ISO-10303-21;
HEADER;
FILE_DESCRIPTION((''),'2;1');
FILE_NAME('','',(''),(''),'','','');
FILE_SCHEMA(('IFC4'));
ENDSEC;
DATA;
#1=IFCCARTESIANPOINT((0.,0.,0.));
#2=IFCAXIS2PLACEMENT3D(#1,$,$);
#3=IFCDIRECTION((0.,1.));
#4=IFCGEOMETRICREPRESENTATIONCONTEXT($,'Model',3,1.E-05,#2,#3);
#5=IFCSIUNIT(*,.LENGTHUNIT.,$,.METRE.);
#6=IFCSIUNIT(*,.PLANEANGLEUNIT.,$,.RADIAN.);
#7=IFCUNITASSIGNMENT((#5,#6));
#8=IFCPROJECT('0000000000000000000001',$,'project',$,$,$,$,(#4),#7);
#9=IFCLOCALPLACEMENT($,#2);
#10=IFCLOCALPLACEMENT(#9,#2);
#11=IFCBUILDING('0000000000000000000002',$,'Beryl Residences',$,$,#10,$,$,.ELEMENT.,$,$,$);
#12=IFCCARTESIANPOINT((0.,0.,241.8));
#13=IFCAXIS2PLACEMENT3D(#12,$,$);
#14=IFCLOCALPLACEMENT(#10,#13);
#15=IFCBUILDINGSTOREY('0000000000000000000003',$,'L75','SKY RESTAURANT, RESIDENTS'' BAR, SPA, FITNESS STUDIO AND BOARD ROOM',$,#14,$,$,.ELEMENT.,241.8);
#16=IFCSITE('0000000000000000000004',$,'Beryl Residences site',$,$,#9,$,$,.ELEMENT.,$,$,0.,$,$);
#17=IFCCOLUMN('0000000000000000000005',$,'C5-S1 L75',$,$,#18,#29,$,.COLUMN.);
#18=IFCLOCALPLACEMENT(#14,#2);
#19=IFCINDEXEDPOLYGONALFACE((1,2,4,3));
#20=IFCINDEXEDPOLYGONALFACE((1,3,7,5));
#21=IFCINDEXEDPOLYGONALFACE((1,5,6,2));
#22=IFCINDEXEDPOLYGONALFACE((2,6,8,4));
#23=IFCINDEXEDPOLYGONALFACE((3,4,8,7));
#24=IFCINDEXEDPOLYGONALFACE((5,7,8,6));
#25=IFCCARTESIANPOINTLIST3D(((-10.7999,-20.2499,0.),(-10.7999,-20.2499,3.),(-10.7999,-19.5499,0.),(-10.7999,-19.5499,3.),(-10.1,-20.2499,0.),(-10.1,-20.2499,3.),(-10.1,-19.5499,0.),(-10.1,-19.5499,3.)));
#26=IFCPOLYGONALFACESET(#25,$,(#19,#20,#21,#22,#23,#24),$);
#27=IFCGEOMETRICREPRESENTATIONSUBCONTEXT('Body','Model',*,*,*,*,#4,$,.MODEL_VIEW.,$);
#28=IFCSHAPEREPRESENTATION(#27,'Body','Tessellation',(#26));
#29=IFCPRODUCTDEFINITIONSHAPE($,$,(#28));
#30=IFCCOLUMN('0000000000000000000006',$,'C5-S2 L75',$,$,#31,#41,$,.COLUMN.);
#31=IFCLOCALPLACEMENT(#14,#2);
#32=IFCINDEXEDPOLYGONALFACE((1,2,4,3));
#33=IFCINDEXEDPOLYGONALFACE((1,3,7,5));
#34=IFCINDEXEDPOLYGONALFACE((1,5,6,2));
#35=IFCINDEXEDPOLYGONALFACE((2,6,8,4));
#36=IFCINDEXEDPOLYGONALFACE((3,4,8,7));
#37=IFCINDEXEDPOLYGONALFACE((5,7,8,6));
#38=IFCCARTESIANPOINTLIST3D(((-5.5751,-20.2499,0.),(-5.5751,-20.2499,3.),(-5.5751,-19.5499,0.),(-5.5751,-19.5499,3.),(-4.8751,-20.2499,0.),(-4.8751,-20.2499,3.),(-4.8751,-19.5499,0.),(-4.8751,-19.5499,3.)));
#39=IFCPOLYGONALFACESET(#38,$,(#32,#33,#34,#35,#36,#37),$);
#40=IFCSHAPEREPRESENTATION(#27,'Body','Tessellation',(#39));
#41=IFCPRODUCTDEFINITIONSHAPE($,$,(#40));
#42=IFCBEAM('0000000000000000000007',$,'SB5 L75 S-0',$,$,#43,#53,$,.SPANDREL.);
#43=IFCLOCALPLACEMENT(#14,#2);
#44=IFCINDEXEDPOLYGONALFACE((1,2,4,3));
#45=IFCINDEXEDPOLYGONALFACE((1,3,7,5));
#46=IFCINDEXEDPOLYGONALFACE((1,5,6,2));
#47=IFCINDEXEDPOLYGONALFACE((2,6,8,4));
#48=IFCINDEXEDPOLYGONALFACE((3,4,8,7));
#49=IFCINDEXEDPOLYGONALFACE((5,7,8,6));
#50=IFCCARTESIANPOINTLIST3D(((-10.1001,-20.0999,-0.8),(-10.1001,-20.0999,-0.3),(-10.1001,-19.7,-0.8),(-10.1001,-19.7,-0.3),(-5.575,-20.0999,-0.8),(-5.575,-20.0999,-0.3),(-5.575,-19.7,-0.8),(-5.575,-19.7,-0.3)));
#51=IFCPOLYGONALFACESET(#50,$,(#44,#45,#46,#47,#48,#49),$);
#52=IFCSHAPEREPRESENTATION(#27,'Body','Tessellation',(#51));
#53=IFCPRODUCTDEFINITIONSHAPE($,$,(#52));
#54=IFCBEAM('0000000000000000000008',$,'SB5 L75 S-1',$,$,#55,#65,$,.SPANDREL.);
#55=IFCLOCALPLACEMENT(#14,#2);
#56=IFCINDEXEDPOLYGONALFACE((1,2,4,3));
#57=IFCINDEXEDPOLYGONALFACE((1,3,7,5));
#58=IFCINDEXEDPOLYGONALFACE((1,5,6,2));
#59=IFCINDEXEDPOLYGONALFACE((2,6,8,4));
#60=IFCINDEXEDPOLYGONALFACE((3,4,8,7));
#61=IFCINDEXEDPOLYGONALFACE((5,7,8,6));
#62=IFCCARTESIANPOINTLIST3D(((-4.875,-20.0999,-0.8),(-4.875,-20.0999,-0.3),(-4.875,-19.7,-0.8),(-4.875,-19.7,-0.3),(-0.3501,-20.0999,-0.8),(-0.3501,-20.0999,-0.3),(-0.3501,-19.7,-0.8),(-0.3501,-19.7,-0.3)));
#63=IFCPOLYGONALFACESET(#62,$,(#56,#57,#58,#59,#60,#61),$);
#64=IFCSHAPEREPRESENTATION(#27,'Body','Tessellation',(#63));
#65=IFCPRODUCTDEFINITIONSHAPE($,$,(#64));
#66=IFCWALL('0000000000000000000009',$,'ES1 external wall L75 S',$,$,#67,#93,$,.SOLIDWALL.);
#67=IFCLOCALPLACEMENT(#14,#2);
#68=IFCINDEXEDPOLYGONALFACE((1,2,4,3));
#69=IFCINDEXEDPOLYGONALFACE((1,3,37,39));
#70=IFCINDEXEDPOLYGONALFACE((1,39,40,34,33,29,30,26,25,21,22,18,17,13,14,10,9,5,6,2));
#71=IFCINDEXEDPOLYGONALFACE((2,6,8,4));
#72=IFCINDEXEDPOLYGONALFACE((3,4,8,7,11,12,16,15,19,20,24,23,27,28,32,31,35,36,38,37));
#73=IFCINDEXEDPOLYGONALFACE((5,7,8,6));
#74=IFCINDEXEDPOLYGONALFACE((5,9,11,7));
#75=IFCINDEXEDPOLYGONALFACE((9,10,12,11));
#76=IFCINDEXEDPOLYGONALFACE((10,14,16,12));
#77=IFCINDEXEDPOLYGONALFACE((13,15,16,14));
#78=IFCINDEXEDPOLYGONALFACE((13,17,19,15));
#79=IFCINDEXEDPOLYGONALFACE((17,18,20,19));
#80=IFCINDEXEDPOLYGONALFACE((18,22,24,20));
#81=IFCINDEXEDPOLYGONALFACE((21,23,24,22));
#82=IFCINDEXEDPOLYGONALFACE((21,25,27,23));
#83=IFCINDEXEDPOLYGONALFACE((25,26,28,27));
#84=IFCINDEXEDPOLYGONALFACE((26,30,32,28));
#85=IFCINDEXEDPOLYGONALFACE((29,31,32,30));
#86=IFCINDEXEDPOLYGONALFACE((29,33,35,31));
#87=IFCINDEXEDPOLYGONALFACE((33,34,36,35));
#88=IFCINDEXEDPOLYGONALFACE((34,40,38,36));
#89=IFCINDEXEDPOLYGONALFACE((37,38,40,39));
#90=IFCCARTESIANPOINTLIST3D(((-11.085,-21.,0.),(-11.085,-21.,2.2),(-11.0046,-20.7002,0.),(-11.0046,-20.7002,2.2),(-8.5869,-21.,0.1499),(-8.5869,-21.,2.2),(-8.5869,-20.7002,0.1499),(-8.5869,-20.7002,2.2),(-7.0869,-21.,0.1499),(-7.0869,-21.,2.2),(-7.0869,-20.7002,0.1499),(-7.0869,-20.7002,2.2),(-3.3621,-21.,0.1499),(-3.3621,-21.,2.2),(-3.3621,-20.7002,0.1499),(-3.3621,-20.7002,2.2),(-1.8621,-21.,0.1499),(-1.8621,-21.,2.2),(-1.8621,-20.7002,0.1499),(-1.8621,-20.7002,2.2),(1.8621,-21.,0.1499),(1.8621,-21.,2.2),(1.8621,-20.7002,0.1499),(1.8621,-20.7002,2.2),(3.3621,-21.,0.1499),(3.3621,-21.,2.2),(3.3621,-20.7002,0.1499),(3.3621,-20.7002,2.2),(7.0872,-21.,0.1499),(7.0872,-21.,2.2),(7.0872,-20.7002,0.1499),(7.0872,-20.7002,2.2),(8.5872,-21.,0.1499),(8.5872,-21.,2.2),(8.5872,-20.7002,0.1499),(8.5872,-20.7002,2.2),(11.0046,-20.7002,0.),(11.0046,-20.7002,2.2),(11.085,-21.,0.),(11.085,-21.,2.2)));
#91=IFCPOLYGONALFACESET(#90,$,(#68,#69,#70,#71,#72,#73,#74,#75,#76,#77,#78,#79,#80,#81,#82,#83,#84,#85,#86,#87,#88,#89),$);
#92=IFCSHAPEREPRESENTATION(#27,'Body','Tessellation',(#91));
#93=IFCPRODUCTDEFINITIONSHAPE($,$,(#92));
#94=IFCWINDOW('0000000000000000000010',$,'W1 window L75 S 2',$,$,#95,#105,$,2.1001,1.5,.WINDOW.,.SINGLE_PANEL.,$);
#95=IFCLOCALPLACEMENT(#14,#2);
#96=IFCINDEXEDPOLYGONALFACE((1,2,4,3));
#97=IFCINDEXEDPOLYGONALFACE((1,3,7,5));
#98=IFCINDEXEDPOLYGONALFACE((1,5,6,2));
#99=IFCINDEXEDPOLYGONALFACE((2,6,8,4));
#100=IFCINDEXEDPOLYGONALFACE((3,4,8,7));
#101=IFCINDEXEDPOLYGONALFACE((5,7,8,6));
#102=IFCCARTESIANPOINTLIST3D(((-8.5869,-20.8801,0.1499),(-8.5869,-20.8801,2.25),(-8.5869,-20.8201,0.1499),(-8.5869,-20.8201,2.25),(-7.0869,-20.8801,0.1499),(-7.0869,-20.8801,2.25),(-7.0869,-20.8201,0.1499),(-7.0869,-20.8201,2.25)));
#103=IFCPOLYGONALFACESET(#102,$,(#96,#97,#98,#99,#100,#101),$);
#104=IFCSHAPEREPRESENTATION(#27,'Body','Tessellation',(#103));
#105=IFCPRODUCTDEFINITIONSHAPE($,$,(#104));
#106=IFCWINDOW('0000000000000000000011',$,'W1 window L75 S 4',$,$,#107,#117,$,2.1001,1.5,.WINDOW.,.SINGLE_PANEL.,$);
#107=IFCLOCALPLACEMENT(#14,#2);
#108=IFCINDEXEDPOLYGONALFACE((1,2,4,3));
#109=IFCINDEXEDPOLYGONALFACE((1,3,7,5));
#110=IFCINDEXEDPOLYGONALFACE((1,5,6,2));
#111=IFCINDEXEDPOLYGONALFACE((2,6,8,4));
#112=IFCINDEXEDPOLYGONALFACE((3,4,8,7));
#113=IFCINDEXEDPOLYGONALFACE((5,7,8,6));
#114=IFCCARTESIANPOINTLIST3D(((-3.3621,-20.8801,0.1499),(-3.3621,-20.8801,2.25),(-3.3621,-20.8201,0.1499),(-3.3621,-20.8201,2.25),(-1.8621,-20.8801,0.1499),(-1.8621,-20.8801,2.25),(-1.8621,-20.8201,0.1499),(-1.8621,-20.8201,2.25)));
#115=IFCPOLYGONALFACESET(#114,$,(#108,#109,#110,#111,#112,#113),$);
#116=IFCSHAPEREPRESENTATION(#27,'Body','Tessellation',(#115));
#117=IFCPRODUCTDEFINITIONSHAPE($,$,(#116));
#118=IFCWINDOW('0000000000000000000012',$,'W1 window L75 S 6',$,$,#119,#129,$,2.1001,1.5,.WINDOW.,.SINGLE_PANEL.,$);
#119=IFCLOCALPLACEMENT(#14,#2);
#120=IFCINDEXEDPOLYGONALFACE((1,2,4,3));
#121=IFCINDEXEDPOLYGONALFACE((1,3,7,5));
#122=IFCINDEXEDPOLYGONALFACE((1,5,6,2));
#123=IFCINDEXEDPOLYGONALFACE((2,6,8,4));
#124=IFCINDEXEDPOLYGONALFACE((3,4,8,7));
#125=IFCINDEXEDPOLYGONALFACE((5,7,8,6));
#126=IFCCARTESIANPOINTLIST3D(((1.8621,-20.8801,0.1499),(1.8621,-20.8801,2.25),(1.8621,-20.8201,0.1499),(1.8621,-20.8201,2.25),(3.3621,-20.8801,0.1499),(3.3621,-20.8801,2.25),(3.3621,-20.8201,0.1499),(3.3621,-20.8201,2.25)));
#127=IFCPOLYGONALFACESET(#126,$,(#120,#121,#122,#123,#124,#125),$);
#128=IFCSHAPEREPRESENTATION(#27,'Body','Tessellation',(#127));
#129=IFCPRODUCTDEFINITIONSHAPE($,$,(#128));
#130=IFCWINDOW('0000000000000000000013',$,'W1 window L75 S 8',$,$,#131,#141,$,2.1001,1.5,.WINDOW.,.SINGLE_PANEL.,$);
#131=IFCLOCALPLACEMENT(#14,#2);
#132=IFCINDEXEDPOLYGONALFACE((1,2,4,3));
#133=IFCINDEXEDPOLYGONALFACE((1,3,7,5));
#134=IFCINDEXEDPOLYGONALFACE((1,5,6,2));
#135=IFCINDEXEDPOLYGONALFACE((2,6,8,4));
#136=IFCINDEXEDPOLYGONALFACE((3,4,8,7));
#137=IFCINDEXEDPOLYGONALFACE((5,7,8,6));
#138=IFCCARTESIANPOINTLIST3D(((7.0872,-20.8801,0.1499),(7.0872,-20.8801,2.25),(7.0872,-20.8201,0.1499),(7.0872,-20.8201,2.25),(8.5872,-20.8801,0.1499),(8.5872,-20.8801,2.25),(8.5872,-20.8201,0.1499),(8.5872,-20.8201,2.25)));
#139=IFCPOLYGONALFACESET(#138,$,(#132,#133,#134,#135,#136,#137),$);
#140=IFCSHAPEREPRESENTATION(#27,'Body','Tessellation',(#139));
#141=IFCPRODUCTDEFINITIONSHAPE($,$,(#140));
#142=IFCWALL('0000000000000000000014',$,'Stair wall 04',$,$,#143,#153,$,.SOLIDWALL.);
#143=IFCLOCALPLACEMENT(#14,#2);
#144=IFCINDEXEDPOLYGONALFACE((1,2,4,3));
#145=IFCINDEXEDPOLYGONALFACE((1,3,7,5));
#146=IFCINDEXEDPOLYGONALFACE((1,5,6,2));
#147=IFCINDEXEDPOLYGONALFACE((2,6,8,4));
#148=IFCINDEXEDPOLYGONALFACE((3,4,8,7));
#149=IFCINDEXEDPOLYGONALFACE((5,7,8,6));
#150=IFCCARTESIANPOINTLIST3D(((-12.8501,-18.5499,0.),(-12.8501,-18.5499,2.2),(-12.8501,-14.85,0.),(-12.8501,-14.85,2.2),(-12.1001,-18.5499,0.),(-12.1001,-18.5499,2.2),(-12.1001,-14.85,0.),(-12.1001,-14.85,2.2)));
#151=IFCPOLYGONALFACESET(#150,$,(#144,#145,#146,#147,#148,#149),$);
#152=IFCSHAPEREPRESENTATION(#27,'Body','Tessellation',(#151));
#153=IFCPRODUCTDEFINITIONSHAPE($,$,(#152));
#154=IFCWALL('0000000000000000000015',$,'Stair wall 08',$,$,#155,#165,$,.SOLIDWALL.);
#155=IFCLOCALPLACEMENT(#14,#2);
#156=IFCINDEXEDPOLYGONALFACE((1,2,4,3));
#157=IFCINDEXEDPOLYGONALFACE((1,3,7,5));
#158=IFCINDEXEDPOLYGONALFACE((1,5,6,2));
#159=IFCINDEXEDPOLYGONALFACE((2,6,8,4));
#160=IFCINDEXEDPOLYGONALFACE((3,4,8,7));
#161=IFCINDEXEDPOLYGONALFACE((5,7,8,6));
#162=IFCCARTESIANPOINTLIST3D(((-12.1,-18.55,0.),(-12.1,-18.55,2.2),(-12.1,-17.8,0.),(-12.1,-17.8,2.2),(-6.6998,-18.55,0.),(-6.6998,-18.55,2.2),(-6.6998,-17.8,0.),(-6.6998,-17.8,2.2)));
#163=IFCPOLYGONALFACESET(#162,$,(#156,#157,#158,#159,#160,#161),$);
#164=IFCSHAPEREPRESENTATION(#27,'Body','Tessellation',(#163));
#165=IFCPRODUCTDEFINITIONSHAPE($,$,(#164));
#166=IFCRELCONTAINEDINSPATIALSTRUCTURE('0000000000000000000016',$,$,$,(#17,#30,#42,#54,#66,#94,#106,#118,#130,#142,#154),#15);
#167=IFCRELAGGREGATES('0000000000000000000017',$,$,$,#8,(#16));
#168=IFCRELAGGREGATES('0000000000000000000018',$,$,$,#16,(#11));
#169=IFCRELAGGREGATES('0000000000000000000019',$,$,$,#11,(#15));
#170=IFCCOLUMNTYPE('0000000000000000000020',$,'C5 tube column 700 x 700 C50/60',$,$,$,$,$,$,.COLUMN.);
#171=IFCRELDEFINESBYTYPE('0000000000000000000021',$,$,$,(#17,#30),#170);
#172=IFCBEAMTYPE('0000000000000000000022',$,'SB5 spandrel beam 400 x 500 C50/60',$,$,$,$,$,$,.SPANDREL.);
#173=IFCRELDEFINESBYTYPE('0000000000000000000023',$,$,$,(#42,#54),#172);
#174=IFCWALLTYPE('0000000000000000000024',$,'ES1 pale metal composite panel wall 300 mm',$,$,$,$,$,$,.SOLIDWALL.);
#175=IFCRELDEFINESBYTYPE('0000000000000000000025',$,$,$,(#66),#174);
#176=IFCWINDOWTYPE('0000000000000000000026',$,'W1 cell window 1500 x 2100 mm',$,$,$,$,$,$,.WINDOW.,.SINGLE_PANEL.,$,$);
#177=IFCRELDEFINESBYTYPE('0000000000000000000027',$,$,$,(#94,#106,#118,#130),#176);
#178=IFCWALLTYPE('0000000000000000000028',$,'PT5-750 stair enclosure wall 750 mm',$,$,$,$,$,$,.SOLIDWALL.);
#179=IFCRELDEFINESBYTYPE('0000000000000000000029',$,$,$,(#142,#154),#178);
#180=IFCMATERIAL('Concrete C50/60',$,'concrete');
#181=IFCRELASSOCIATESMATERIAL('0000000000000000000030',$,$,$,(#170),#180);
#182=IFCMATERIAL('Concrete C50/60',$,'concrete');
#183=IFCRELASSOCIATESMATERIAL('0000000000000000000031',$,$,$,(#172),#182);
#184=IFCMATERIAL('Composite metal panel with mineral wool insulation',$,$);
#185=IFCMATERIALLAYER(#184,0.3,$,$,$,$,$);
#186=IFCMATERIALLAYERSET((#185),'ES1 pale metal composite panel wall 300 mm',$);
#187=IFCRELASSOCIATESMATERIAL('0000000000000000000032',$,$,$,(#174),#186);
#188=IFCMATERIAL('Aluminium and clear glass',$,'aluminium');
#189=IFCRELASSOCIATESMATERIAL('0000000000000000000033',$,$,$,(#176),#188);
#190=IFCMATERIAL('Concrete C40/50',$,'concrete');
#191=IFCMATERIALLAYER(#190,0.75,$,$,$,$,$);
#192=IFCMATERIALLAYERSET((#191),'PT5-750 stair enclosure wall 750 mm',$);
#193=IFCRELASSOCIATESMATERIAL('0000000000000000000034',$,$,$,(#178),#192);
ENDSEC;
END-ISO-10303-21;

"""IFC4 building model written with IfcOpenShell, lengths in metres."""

from ifc_helpers import new_model, si_unit, direction, frame, frame_2d, origin, origin_2d, place, context, subcontext, project, spatial, polyline, rectangle, outline, extrude, material, layer, layer_set, material_profile, profile_set, type_object, element, fill, save


model = new_model("IFC4")

# Units and contexts
model_context = context("Model", 3, precision=1e-05, world=origin(), true_north=direction((0.0, 1.0)))
body_context = subcontext(model_context, "Body", "Model", "MODEL_VIEW")
ifc_project = project(units=[si_unit("LENGTHUNIT", "METRE"), si_unit("PLANEANGLEUNIT", "RADIAN")], contexts=[model_context])

# Site, building, storey
site_placement = place(None, origin())
site = spatial("IfcSite", under=ifc_project, at=site_placement, Name="Beryl Residences site", CompositionType="ELEMENT", RefElevation=0.0)
building_placement = place(site_placement, origin())
building = spatial("IfcBuilding", under=site, at=building_placement, Name="Beryl Residences", CompositionType="ELEMENT")
storey_placement = place(building_placement, frame((0.0, 0.0, 241.8)))
storey = spatial("IfcBuildingStorey", under=building, at=storey_placement, Name="L75", Description="SKY RESTAURANT, RESIDENTS' BAR, SPA, FITNESS STUDIO AND BOARD ROOM", CompositionType="ELEMENT", Elevation=241.8)

# Columns
ifc_material_1 = material(Name="Concrete C50/60", Category="concrete")
ifc_material_profile_1 = material_profile(ifc_material_1, rectangle(XDim=0.7, YDim=0.7, at=origin_2d()))
ifc_profile_set_1 = profile_set([ifc_material_profile_1], Name="Concrete C50/60")
column_type = type_object("IfcColumnType", Name="C5 tube column 700 x 700 C50/60", PredefinedType="COLUMN", material=ifc_profile_set_1)
for number, where, z_axis, x_axis, name in (
    (1, (-10.45, -19.8999, 0.0), (0.0, 0.0, 1.0), (1.0, 0.0, 0.0), "C5-S1 L75"),
    (2, (-5.2251, -19.8999, 0.0), (0.0, 0.0, 1.0), (1.0, 0.0, 0.0), "C5-S2 L75"),
):
    element("IfcColumn", number, at=place(storey_placement, frame(where, z_axis=z_axis, x_axis=x_axis)), inside=storey, type_object=column_type, Name=name, PredefinedType="COLUMN", context=body_context, shape_type="SweptSolid", body=[
        extrude(rectangle(XDim=0.7, YDim=0.7, at=origin_2d()), origin(), (0.0, 0.0, 1.0), 3.0),
    ])

# Beams
ifc_material_2 = material(Name="Concrete C50/60", Category="concrete")
ifc_material_profile_2 = material_profile(ifc_material_2, rectangle(XDim=0.3999, YDim=0.5, at=origin_2d()))
ifc_profile_set_2 = profile_set([ifc_material_profile_2], Name="Concrete C50/60")
beam_type = type_object("IfcBeamType", Name="SB5 spandrel beam 400 x 500 C50/60", PredefinedType="SPANDREL", material=ifc_profile_set_2)
beam_1_placement = place(storey_placement, frame((-10.1001, -19.8999, -0.55), z_axis=(1.0, 0.0, 0.0), x_axis=(0.0, 1.0, 0.0)))
element("IfcBeam", 3, at=beam_1_placement, inside=storey, type_object=beam_type, Name="SB5 L75 S-0", PredefinedType="SPANDREL", context=body_context, shape_type="SweptSolid", body=[
    extrude(rectangle(XDim=0.3999, YDim=0.5, at=origin_2d()), origin(), (0.0, 0.0, 1.0), 4.5251),
])
beam_2_placement = place(storey_placement, frame((-4.875, -19.8999, -0.55), z_axis=(1.0, 0.0, 0.0), x_axis=(0.0, 1.0, 0.0)))
element("IfcBeam", 4, at=beam_2_placement, inside=storey, type_object=beam_type, Name="SB5 L75 S-1", PredefinedType="SPANDREL", context=body_context, shape_type="SweptSolid", body=[
    extrude(rectangle(XDim=0.3999, YDim=0.5, at=origin_2d()), origin(), (0.0, 0.0, 1.0), 4.5249),
])

# Wall, openings, windows
ifc_material_3 = material(Name="Composite metal panel with mineral wool insulation")
ifc_layer_1 = layer(ifc_material_3, 0.3)
ifc_layer_set_1 = layer_set([ifc_layer_1], Name="ES1 pale metal composite panel wall 300 mm")
wall_type_1 = type_object("IfcWallType", Name="ES1 pale metal composite panel wall 300 mm", PredefinedType="SOLIDWALL", material=ifc_layer_set_1)
wall_1_placement = place(storey_placement, frame((-11.085, -20.8501, 0.0), z_axis=(0.0, 0.0, 1.0), x_axis=(1.0, 0.0, 0.0)))
wall_1 = element("IfcWall", 5, at=wall_1_placement, inside=storey, type_object=wall_type_1, Name="ES1 external wall L75 S", PredefinedType="SOLIDWALL", context=body_context, shape_type="SweptSolid", body=[
    extrude(outline(polyline([(0.0, -0.1499), (22.1699, -0.1499), (22.0896, 0.1499), (0.0803, 0.1499), (0.0, -0.1499)])), origin(), (0.0, 0.0, 1.0), 2.2),
])
opening_1_placement = place(wall_1_placement, frame((2.498, 0.0, 0.1499)))
opening_1 = element("IfcOpeningElement", 6, at=opening_1_placement, cuts=wall_1, PredefinedType="OPENING", context=body_context, shape_type="SweptSolid", body=[
    extrude(rectangle(XDim=1.5, YDim=2.1001, at=frame_2d((0.75, 1.05))), frame((0.0, 0.1599, 0.0), z_axis=(0.0, -1.0, 0.0), x_axis=(1.0, 0.0, 0.0)), (0.0, 0.0, 1.0), 0.3201),
])
opening_2_placement = place(wall_1_placement, frame((7.7229, 0.0, 0.1499)))
opening_2 = element("IfcOpeningElement", 7, at=opening_2_placement, cuts=wall_1, PredefinedType="OPENING", context=body_context, shape_type="SweptSolid", body=[
    extrude(rectangle(XDim=1.5, YDim=2.1001, at=frame_2d((0.75, 1.05))), frame((0.0, 0.1599, 0.0), z_axis=(0.0, -1.0, 0.0), x_axis=(1.0, 0.0, 0.0)), (0.0, 0.0, 1.0), 0.3201),
])
opening_3_placement = place(wall_1_placement, frame((12.947, 0.0, 0.1499)))
opening_3 = element("IfcOpeningElement", 8, at=opening_3_placement, cuts=wall_1, PredefinedType="OPENING", context=body_context, shape_type="SweptSolid", body=[
    extrude(rectangle(XDim=1.5, YDim=2.1001, at=frame_2d((0.75, 1.05))), frame((0.0, 0.1599, 0.0), z_axis=(0.0, -1.0, 0.0), x_axis=(1.0, 0.0, 0.0)), (0.0, 0.0, 1.0), 0.3201),
])
opening_4_placement = place(wall_1_placement, frame((18.1721, 0.0, 0.1499)))
opening_4 = element("IfcOpeningElement", 9, at=opening_4_placement, cuts=wall_1, PredefinedType="OPENING", context=body_context, shape_type="SweptSolid", body=[
    extrude(rectangle(XDim=1.5, YDim=2.1001, at=frame_2d((0.75, 1.05))), frame((0.0, 0.1599, 0.0), z_axis=(0.0, -1.0, 0.0), x_axis=(1.0, 0.0, 0.0)), (0.0, 0.0, 1.0), 0.3201),
])
ifc_material_4 = material(Name="Aluminium and clear glass", Category="aluminium")
window_type = type_object("IfcWindowType", Name="W1 cell window 1500 x 2100 mm", PartitioningType="SINGLE_PANEL", PredefinedType="WINDOW", material=ifc_material_4)
window_1_placement = place(opening_1_placement, origin())
window_1 = element("IfcWindow", 10, at=window_1_placement, inside=storey, type_object=window_type, Name="W1 window L75 S 2", OverallHeight=2.1001, OverallWidth=1.5, PartitioningType="SINGLE_PANEL", PredefinedType="WINDOW", context=body_context, shape_type="SweptSolid", body=[
    extrude(rectangle(XDim=1.5, YDim=2.1001, at=frame_2d((0.75, 1.05))), frame((0.0, 0.03, 0.0), z_axis=(0.0, -1.0, 0.0), x_axis=(1.0, 0.0, 0.0)), (0.0, 0.0, 1.0), 0.0601),
])
fill(opening_1, window_1)
window_2_placement = place(opening_2_placement, origin())
window_2 = element("IfcWindow", 11, at=window_2_placement, inside=storey, type_object=window_type, Name="W1 window L75 S 4", OverallHeight=2.1001, OverallWidth=1.5, PartitioningType="SINGLE_PANEL", PredefinedType="WINDOW", context=body_context, shape_type="SweptSolid", body=[
    extrude(rectangle(XDim=1.5, YDim=2.1001, at=frame_2d((0.75, 1.05))), frame((0.0, 0.03, 0.0), z_axis=(0.0, -1.0, 0.0), x_axis=(1.0, 0.0, 0.0)), (0.0, 0.0, 1.0), 0.0601),
])
fill(opening_2, window_2)
window_3_placement = place(opening_3_placement, origin())
window_3 = element("IfcWindow", 12, at=window_3_placement, inside=storey, type_object=window_type, Name="W1 window L75 S 6", OverallHeight=2.1001, OverallWidth=1.5, PartitioningType="SINGLE_PANEL", PredefinedType="WINDOW", context=body_context, shape_type="SweptSolid", body=[
    extrude(rectangle(XDim=1.5, YDim=2.1001, at=frame_2d((0.75, 1.05))), frame((0.0, 0.03, 0.0), z_axis=(0.0, -1.0, 0.0), x_axis=(1.0, 0.0, 0.0)), (0.0, 0.0, 1.0), 0.0601),
])
fill(opening_3, window_3)
window_4_placement = place(opening_4_placement, origin())
window_4 = element("IfcWindow", 13, at=window_4_placement, inside=storey, type_object=window_type, Name="W1 window L75 S 8", OverallHeight=2.1001, OverallWidth=1.5, PartitioningType="SINGLE_PANEL", PredefinedType="WINDOW", context=body_context, shape_type="SweptSolid", body=[
    extrude(rectangle(XDim=1.5, YDim=2.1001, at=frame_2d((0.75, 1.05))), frame((0.0, 0.03, 0.0), z_axis=(0.0, -1.0, 0.0), x_axis=(1.0, 0.0, 0.0)), (0.0, 0.0, 1.0), 0.0601),
])
fill(opening_4, window_4)

# Walls
ifc_material_5 = material(Name="Concrete C40/50", Category="concrete")
ifc_layer_2 = layer(ifc_material_5, 0.75)
ifc_layer_set_2 = layer_set([ifc_layer_2], Name="PT5-750 stair enclosure wall 750 mm")
wall_type_2 = type_object("IfcWallType", Name="PT5-750 stair enclosure wall 750 mm", PredefinedType="SOLIDWALL", material=ifc_layer_set_2)
wall_2_placement = place(storey_placement, frame((-12.4751, -18.55, 0.0), z_axis=(0.0, 0.0, 1.0), x_axis=(0.0, 1.0, 0.0)))
element("IfcWall", 14, at=wall_2_placement, inside=storey, type_object=wall_type_2, Name="Stair wall 04", PredefinedType="SOLIDWALL", context=body_context, shape_type="SweptSolid", body=[
    extrude(rectangle(XDim=3.7, YDim=0.75, at=frame_2d((1.8501, 0.0))), origin(), (0.0, 0.0, 1.0), 2.2),
])
wall_3_placement = place(storey_placement, frame((-12.1001, -18.175, 0.0), z_axis=(0.0, 0.0, 1.0), x_axis=(1.0, 0.0, 0.0)))
element("IfcWall", 15, at=wall_3_placement, inside=storey, type_object=wall_type_2, Name="Stair wall 08", PredefinedType="SOLIDWALL", context=body_context, shape_type="SweptSolid", body=[
    extrude(rectangle(XDim=5.4001, YDim=0.75, at=frame_2d((2.7002, 0.0))), origin(), (0.0, 0.0, 1.0), 2.2),
])

save(model, "model.ifc")
